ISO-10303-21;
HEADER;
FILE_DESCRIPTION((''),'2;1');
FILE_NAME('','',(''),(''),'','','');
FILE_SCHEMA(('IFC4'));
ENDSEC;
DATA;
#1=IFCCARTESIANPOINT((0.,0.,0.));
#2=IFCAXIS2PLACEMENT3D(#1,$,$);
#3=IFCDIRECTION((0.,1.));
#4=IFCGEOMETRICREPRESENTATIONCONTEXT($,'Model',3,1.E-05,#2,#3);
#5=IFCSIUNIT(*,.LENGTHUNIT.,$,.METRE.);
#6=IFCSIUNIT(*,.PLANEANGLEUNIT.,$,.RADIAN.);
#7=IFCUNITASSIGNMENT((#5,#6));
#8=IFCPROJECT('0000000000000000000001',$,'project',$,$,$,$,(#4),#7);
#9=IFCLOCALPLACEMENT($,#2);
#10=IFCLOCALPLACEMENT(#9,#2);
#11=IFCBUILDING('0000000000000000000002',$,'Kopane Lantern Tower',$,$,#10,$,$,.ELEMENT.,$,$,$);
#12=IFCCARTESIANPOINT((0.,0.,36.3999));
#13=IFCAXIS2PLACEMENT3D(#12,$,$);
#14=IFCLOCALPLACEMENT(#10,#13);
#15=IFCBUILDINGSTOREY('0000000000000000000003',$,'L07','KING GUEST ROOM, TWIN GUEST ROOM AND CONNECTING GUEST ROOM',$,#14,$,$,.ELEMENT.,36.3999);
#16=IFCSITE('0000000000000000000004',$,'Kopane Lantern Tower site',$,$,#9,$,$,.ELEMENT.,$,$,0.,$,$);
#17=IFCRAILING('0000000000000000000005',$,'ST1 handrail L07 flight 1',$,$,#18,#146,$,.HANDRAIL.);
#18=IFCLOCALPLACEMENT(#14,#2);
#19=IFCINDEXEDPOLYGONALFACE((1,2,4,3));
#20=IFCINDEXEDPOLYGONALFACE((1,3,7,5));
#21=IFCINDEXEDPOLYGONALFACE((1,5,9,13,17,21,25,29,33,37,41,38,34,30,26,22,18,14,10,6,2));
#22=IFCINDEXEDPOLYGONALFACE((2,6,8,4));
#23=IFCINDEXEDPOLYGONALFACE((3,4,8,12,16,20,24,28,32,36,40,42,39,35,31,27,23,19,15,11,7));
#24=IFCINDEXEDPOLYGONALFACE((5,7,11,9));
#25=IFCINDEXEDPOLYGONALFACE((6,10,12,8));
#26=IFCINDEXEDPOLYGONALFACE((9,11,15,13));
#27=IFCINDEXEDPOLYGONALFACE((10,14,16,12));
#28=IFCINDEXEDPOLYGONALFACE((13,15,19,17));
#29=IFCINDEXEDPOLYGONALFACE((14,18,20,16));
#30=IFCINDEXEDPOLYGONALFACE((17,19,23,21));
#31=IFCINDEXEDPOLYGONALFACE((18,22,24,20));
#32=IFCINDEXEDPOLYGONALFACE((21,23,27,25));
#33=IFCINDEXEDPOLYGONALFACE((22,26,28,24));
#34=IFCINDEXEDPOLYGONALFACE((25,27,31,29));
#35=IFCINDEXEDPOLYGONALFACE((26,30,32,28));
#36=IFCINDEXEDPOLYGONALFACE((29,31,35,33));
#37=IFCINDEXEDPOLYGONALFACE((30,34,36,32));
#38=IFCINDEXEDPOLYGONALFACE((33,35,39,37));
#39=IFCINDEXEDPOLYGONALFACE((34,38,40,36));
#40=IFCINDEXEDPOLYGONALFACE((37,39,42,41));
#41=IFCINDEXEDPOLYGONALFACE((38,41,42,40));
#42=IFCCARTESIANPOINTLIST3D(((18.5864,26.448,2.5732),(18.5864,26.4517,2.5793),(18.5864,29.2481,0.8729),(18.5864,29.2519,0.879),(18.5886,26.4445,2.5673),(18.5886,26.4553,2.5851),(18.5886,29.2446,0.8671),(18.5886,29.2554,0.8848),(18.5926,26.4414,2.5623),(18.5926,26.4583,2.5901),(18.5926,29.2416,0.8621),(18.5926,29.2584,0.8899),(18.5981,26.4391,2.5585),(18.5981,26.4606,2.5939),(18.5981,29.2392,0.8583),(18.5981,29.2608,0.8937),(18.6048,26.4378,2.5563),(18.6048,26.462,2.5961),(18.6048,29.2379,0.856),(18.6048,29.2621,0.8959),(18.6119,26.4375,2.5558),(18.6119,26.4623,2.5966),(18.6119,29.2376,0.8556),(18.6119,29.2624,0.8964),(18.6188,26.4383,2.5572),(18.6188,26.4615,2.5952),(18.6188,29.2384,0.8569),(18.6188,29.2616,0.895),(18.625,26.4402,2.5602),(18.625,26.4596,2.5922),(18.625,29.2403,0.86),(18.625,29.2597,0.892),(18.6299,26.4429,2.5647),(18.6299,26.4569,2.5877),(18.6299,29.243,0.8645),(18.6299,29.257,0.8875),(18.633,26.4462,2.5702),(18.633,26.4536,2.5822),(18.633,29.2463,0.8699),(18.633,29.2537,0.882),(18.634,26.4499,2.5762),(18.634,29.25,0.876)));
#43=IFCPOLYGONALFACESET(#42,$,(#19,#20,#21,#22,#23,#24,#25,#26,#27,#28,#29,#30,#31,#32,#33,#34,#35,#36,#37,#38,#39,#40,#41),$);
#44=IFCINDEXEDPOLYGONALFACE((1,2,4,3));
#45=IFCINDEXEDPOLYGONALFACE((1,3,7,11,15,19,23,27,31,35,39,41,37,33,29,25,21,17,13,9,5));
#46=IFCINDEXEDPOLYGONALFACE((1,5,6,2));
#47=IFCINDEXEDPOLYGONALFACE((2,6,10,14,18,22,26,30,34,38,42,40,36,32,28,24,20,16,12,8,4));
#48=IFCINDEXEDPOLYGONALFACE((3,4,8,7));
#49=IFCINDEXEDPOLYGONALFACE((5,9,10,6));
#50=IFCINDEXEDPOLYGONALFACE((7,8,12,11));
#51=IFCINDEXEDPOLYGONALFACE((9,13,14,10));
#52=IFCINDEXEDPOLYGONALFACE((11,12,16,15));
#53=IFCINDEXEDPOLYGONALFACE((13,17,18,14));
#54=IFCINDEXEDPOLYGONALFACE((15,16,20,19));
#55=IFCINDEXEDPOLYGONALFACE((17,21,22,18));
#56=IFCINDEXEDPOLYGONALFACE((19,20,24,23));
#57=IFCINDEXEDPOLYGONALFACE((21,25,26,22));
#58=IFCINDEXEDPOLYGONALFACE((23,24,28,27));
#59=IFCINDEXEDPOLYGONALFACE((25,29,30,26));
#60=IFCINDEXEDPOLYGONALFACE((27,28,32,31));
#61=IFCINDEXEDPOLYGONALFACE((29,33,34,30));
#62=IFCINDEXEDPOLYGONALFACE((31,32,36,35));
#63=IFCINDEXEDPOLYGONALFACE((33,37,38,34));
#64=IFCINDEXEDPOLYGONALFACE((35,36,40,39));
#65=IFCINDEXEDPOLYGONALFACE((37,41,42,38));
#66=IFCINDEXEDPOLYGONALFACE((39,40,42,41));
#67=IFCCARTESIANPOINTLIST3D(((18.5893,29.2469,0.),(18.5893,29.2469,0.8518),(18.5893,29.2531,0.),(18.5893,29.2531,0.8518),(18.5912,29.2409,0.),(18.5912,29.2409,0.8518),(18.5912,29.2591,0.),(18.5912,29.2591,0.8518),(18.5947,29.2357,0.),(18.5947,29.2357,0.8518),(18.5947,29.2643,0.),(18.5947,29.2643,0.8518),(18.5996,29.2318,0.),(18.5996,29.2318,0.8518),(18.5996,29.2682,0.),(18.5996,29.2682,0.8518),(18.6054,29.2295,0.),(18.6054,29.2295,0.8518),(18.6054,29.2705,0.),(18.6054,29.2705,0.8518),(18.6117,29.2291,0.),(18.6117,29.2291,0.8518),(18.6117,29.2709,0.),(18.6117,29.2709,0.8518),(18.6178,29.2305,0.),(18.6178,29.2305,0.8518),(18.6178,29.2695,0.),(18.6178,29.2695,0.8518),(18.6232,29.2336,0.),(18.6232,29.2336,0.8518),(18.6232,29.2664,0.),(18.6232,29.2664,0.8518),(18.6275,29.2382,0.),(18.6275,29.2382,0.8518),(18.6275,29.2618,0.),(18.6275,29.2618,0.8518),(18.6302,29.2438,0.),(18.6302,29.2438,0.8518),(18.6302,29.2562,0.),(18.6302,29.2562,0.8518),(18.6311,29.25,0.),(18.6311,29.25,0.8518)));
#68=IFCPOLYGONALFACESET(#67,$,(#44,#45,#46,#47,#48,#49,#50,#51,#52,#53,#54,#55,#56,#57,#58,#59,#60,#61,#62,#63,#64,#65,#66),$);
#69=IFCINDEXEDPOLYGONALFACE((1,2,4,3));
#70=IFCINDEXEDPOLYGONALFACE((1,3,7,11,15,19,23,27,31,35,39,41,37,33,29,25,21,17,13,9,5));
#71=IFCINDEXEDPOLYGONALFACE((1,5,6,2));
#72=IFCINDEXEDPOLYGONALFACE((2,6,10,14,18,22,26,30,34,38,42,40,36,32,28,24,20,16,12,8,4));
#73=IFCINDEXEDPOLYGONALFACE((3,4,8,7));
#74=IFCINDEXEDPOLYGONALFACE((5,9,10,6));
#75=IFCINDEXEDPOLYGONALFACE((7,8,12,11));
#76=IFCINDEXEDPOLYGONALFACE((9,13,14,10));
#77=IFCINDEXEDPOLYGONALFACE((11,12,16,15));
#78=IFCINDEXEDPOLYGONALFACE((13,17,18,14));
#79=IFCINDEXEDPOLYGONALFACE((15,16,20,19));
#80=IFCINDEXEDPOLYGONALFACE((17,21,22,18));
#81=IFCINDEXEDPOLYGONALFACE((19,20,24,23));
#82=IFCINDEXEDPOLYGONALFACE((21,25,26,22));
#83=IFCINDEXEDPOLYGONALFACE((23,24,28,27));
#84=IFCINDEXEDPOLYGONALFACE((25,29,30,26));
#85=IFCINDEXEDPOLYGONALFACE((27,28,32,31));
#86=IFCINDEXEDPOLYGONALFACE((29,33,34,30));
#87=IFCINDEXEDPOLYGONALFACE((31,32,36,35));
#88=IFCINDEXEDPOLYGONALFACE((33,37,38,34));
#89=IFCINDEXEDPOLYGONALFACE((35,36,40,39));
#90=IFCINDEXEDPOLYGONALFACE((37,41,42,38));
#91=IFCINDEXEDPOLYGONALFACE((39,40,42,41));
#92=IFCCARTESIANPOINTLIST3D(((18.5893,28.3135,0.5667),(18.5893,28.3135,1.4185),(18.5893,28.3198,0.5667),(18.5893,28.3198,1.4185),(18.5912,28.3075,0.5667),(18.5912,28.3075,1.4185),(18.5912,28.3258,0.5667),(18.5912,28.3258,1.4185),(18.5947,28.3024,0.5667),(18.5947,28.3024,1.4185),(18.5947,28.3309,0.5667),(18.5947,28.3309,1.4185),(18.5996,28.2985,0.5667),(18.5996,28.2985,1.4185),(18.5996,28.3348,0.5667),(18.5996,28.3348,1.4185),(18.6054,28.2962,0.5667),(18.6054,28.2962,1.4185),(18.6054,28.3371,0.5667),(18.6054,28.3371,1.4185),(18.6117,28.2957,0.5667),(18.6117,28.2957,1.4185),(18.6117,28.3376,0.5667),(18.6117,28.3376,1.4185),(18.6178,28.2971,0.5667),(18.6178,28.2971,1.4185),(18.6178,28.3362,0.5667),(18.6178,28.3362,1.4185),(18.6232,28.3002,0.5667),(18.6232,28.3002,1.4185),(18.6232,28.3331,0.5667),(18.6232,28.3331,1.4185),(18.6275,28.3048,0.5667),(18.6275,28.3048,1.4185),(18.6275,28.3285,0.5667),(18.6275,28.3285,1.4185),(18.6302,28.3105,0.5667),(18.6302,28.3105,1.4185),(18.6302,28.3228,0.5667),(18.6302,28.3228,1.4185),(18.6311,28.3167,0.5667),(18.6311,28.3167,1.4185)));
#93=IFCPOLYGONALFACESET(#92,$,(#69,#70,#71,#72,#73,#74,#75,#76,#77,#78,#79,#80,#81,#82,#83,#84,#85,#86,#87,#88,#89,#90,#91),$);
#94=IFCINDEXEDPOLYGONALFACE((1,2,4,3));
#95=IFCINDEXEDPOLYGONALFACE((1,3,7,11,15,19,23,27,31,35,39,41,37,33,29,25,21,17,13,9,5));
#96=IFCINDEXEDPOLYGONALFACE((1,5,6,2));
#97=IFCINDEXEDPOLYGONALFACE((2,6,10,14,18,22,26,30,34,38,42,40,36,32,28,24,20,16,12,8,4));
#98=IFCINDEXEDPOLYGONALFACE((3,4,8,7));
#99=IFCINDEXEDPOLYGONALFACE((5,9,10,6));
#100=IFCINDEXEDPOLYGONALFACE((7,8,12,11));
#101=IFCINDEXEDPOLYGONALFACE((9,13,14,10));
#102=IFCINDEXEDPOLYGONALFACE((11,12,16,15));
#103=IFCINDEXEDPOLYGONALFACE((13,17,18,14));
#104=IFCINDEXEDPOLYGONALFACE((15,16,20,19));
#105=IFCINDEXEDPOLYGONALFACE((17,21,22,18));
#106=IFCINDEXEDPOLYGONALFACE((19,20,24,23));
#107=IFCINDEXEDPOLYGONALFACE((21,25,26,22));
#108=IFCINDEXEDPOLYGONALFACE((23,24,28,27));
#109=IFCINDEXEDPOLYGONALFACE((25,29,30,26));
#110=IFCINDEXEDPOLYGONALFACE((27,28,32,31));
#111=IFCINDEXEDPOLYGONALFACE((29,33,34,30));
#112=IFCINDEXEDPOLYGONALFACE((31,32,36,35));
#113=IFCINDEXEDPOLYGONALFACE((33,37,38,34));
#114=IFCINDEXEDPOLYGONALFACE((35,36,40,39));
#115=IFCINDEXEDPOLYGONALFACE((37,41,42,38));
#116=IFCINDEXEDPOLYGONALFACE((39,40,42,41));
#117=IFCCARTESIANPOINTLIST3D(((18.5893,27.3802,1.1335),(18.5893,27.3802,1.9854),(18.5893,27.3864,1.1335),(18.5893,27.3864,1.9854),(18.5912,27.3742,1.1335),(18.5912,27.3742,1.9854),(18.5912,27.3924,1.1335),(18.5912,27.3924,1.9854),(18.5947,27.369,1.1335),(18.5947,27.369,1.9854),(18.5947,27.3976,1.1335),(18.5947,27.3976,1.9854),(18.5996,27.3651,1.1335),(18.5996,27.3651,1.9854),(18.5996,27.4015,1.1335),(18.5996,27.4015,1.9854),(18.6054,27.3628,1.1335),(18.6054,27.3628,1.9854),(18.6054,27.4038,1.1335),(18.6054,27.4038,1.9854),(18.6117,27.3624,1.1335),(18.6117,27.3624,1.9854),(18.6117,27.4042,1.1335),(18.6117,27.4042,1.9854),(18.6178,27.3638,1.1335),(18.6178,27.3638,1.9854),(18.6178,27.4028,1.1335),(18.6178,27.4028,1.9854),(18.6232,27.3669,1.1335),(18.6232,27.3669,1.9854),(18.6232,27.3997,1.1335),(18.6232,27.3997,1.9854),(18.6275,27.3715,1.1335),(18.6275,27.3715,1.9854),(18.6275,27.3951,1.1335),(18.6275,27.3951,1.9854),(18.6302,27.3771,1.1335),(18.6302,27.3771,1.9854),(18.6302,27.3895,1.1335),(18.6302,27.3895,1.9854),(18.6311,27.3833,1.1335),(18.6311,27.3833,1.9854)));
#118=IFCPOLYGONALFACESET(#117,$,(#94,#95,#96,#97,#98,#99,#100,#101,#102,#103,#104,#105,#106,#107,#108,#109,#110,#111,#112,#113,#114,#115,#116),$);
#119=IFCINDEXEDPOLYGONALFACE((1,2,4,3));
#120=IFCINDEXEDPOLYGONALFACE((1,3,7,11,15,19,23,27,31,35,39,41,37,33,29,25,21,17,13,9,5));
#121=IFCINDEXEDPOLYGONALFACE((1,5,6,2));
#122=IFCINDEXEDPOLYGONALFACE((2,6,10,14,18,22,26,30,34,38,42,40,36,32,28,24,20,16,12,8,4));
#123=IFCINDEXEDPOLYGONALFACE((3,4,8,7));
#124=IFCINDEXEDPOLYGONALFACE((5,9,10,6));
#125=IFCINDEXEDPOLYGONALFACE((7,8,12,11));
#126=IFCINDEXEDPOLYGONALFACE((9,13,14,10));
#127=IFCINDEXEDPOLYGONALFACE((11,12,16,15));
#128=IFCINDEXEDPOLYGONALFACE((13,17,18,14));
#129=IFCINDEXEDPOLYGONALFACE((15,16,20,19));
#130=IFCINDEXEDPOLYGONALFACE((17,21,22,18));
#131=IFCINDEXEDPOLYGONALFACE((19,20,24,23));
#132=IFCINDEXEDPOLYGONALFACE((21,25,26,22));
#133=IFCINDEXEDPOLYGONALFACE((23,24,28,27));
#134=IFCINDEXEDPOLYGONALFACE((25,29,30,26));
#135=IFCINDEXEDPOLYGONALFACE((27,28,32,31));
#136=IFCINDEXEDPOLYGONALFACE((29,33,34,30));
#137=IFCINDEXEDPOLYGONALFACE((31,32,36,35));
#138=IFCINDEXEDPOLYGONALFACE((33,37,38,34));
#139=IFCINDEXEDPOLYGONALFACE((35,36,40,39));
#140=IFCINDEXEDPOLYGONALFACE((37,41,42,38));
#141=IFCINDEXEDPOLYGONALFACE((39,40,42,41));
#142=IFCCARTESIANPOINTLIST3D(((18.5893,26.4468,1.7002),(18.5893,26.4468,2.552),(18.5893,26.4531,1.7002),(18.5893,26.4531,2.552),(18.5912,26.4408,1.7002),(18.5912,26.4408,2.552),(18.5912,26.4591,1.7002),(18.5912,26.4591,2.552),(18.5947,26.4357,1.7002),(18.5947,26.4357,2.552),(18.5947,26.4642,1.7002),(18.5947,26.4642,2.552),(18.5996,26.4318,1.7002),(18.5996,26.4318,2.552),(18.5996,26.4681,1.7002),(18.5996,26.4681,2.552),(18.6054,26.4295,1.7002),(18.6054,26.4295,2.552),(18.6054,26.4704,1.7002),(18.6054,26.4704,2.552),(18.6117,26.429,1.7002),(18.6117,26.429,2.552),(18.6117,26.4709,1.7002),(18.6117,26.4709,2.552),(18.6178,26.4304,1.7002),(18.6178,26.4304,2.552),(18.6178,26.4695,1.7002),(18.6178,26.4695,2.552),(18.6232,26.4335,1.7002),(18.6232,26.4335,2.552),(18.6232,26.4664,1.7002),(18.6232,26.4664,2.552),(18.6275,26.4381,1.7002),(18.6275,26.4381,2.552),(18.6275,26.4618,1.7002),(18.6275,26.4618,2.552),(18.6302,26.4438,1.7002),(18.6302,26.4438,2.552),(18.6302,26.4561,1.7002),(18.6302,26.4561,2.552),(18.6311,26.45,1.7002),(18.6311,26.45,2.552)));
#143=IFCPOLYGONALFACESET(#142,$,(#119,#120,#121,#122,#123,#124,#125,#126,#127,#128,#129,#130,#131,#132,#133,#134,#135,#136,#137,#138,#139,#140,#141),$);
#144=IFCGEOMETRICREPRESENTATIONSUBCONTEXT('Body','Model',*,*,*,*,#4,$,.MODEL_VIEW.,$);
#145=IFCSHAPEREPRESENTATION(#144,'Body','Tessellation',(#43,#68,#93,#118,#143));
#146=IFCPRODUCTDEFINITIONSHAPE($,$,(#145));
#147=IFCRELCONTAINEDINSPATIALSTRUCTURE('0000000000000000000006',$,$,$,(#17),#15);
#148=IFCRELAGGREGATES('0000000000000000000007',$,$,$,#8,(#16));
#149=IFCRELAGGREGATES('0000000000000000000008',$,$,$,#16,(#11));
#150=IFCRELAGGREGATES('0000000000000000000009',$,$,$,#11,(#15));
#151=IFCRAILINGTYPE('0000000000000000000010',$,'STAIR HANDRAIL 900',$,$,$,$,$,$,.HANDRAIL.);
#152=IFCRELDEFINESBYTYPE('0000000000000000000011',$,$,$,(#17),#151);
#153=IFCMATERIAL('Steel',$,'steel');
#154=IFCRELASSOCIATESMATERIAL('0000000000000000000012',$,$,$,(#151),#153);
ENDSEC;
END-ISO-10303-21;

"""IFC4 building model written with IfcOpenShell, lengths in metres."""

from ifc_helpers import new_model, si_unit, direction, frame, origin, origin_2d, place, context, subcontext, project, spatial, circle, extrude, material, type_object, element, save


model = new_model("IFC4")

# Units and contexts
model_context = context("Model", 3, precision=1e-05, world=origin(), true_north=direction((0.0, 1.0)))
body_context = subcontext(model_context, "Body", "Model", "MODEL_VIEW")
ifc_project = project(units=[si_unit("LENGTHUNIT", "METRE"), si_unit("PLANEANGLEUNIT", "RADIAN")], contexts=[model_context])

# Site, building, storey
site_placement = place(None, origin())
site = spatial("IfcSite", under=ifc_project, at=site_placement, Name="Kopane Lantern Tower site", CompositionType="ELEMENT", RefElevation=0.0)
building_placement = place(site_placement, origin())
building = spatial("IfcBuilding", under=site, at=building_placement, Name="Kopane Lantern Tower", CompositionType="ELEMENT")
storey_placement = place(building_placement, frame((0.0, 0.0, 36.3999)))
storey = spatial("IfcBuildingStorey", under=building, at=storey_placement, Name="L07", Description="KING GUEST ROOM, TWIN GUEST ROOM AND CONNECTING GUEST ROOM", CompositionType="ELEMENT", Elevation=36.3999)

# Railing
ifc_material_1 = material(Name="Steel", Category="steel")
railing_type_1 = type_object("IfcRailingType", Name="STAIR HANDRAIL 900", PredefinedType="HANDRAIL", material=ifc_material_1)
for number, where, name in (
    (1, (18.6101, 29.25, 0.0), "ST1 handrail L07 flight 1"),
):
    element("IfcRailing", number, at=place(storey_placement, frame(where)), inside=storey, type_object=railing_type_1, Name=name, PredefinedType="HANDRAIL", context=body_context, shape_type="SweptSolid", body=[
        extrude(circle(Radius=0.0239, at=origin_2d()), frame((0.0, 0.0, 0.876), z_axis=(0.0, -0.854765, 0.519015), x_axis=(1.0, 0.0, 0.0)), (0.0, 0.0, 1.0), 3.2759),
        extrude(circle(Radius=0.021, at=origin_2d()), origin(), (0.0, 0.0, 1.0), 0.8518),
        extrude(circle(Radius=0.021, at=origin_2d()), frame((0.0, -0.9333, 0.5667)), (0.0, 0.0, 1.0), 0.8518),
        extrude(circle(Radius=0.021, at=origin_2d()), frame((0.0, -1.8667, 1.1335)), (0.0, 0.0, 1.0), 0.8518),
        extrude(circle(Radius=0.021, at=origin_2d()), frame((0.0, -2.8, 1.7002)), (0.0, 0.0, 1.0), 0.8518),
    ])

save(model, "model.ifc")
